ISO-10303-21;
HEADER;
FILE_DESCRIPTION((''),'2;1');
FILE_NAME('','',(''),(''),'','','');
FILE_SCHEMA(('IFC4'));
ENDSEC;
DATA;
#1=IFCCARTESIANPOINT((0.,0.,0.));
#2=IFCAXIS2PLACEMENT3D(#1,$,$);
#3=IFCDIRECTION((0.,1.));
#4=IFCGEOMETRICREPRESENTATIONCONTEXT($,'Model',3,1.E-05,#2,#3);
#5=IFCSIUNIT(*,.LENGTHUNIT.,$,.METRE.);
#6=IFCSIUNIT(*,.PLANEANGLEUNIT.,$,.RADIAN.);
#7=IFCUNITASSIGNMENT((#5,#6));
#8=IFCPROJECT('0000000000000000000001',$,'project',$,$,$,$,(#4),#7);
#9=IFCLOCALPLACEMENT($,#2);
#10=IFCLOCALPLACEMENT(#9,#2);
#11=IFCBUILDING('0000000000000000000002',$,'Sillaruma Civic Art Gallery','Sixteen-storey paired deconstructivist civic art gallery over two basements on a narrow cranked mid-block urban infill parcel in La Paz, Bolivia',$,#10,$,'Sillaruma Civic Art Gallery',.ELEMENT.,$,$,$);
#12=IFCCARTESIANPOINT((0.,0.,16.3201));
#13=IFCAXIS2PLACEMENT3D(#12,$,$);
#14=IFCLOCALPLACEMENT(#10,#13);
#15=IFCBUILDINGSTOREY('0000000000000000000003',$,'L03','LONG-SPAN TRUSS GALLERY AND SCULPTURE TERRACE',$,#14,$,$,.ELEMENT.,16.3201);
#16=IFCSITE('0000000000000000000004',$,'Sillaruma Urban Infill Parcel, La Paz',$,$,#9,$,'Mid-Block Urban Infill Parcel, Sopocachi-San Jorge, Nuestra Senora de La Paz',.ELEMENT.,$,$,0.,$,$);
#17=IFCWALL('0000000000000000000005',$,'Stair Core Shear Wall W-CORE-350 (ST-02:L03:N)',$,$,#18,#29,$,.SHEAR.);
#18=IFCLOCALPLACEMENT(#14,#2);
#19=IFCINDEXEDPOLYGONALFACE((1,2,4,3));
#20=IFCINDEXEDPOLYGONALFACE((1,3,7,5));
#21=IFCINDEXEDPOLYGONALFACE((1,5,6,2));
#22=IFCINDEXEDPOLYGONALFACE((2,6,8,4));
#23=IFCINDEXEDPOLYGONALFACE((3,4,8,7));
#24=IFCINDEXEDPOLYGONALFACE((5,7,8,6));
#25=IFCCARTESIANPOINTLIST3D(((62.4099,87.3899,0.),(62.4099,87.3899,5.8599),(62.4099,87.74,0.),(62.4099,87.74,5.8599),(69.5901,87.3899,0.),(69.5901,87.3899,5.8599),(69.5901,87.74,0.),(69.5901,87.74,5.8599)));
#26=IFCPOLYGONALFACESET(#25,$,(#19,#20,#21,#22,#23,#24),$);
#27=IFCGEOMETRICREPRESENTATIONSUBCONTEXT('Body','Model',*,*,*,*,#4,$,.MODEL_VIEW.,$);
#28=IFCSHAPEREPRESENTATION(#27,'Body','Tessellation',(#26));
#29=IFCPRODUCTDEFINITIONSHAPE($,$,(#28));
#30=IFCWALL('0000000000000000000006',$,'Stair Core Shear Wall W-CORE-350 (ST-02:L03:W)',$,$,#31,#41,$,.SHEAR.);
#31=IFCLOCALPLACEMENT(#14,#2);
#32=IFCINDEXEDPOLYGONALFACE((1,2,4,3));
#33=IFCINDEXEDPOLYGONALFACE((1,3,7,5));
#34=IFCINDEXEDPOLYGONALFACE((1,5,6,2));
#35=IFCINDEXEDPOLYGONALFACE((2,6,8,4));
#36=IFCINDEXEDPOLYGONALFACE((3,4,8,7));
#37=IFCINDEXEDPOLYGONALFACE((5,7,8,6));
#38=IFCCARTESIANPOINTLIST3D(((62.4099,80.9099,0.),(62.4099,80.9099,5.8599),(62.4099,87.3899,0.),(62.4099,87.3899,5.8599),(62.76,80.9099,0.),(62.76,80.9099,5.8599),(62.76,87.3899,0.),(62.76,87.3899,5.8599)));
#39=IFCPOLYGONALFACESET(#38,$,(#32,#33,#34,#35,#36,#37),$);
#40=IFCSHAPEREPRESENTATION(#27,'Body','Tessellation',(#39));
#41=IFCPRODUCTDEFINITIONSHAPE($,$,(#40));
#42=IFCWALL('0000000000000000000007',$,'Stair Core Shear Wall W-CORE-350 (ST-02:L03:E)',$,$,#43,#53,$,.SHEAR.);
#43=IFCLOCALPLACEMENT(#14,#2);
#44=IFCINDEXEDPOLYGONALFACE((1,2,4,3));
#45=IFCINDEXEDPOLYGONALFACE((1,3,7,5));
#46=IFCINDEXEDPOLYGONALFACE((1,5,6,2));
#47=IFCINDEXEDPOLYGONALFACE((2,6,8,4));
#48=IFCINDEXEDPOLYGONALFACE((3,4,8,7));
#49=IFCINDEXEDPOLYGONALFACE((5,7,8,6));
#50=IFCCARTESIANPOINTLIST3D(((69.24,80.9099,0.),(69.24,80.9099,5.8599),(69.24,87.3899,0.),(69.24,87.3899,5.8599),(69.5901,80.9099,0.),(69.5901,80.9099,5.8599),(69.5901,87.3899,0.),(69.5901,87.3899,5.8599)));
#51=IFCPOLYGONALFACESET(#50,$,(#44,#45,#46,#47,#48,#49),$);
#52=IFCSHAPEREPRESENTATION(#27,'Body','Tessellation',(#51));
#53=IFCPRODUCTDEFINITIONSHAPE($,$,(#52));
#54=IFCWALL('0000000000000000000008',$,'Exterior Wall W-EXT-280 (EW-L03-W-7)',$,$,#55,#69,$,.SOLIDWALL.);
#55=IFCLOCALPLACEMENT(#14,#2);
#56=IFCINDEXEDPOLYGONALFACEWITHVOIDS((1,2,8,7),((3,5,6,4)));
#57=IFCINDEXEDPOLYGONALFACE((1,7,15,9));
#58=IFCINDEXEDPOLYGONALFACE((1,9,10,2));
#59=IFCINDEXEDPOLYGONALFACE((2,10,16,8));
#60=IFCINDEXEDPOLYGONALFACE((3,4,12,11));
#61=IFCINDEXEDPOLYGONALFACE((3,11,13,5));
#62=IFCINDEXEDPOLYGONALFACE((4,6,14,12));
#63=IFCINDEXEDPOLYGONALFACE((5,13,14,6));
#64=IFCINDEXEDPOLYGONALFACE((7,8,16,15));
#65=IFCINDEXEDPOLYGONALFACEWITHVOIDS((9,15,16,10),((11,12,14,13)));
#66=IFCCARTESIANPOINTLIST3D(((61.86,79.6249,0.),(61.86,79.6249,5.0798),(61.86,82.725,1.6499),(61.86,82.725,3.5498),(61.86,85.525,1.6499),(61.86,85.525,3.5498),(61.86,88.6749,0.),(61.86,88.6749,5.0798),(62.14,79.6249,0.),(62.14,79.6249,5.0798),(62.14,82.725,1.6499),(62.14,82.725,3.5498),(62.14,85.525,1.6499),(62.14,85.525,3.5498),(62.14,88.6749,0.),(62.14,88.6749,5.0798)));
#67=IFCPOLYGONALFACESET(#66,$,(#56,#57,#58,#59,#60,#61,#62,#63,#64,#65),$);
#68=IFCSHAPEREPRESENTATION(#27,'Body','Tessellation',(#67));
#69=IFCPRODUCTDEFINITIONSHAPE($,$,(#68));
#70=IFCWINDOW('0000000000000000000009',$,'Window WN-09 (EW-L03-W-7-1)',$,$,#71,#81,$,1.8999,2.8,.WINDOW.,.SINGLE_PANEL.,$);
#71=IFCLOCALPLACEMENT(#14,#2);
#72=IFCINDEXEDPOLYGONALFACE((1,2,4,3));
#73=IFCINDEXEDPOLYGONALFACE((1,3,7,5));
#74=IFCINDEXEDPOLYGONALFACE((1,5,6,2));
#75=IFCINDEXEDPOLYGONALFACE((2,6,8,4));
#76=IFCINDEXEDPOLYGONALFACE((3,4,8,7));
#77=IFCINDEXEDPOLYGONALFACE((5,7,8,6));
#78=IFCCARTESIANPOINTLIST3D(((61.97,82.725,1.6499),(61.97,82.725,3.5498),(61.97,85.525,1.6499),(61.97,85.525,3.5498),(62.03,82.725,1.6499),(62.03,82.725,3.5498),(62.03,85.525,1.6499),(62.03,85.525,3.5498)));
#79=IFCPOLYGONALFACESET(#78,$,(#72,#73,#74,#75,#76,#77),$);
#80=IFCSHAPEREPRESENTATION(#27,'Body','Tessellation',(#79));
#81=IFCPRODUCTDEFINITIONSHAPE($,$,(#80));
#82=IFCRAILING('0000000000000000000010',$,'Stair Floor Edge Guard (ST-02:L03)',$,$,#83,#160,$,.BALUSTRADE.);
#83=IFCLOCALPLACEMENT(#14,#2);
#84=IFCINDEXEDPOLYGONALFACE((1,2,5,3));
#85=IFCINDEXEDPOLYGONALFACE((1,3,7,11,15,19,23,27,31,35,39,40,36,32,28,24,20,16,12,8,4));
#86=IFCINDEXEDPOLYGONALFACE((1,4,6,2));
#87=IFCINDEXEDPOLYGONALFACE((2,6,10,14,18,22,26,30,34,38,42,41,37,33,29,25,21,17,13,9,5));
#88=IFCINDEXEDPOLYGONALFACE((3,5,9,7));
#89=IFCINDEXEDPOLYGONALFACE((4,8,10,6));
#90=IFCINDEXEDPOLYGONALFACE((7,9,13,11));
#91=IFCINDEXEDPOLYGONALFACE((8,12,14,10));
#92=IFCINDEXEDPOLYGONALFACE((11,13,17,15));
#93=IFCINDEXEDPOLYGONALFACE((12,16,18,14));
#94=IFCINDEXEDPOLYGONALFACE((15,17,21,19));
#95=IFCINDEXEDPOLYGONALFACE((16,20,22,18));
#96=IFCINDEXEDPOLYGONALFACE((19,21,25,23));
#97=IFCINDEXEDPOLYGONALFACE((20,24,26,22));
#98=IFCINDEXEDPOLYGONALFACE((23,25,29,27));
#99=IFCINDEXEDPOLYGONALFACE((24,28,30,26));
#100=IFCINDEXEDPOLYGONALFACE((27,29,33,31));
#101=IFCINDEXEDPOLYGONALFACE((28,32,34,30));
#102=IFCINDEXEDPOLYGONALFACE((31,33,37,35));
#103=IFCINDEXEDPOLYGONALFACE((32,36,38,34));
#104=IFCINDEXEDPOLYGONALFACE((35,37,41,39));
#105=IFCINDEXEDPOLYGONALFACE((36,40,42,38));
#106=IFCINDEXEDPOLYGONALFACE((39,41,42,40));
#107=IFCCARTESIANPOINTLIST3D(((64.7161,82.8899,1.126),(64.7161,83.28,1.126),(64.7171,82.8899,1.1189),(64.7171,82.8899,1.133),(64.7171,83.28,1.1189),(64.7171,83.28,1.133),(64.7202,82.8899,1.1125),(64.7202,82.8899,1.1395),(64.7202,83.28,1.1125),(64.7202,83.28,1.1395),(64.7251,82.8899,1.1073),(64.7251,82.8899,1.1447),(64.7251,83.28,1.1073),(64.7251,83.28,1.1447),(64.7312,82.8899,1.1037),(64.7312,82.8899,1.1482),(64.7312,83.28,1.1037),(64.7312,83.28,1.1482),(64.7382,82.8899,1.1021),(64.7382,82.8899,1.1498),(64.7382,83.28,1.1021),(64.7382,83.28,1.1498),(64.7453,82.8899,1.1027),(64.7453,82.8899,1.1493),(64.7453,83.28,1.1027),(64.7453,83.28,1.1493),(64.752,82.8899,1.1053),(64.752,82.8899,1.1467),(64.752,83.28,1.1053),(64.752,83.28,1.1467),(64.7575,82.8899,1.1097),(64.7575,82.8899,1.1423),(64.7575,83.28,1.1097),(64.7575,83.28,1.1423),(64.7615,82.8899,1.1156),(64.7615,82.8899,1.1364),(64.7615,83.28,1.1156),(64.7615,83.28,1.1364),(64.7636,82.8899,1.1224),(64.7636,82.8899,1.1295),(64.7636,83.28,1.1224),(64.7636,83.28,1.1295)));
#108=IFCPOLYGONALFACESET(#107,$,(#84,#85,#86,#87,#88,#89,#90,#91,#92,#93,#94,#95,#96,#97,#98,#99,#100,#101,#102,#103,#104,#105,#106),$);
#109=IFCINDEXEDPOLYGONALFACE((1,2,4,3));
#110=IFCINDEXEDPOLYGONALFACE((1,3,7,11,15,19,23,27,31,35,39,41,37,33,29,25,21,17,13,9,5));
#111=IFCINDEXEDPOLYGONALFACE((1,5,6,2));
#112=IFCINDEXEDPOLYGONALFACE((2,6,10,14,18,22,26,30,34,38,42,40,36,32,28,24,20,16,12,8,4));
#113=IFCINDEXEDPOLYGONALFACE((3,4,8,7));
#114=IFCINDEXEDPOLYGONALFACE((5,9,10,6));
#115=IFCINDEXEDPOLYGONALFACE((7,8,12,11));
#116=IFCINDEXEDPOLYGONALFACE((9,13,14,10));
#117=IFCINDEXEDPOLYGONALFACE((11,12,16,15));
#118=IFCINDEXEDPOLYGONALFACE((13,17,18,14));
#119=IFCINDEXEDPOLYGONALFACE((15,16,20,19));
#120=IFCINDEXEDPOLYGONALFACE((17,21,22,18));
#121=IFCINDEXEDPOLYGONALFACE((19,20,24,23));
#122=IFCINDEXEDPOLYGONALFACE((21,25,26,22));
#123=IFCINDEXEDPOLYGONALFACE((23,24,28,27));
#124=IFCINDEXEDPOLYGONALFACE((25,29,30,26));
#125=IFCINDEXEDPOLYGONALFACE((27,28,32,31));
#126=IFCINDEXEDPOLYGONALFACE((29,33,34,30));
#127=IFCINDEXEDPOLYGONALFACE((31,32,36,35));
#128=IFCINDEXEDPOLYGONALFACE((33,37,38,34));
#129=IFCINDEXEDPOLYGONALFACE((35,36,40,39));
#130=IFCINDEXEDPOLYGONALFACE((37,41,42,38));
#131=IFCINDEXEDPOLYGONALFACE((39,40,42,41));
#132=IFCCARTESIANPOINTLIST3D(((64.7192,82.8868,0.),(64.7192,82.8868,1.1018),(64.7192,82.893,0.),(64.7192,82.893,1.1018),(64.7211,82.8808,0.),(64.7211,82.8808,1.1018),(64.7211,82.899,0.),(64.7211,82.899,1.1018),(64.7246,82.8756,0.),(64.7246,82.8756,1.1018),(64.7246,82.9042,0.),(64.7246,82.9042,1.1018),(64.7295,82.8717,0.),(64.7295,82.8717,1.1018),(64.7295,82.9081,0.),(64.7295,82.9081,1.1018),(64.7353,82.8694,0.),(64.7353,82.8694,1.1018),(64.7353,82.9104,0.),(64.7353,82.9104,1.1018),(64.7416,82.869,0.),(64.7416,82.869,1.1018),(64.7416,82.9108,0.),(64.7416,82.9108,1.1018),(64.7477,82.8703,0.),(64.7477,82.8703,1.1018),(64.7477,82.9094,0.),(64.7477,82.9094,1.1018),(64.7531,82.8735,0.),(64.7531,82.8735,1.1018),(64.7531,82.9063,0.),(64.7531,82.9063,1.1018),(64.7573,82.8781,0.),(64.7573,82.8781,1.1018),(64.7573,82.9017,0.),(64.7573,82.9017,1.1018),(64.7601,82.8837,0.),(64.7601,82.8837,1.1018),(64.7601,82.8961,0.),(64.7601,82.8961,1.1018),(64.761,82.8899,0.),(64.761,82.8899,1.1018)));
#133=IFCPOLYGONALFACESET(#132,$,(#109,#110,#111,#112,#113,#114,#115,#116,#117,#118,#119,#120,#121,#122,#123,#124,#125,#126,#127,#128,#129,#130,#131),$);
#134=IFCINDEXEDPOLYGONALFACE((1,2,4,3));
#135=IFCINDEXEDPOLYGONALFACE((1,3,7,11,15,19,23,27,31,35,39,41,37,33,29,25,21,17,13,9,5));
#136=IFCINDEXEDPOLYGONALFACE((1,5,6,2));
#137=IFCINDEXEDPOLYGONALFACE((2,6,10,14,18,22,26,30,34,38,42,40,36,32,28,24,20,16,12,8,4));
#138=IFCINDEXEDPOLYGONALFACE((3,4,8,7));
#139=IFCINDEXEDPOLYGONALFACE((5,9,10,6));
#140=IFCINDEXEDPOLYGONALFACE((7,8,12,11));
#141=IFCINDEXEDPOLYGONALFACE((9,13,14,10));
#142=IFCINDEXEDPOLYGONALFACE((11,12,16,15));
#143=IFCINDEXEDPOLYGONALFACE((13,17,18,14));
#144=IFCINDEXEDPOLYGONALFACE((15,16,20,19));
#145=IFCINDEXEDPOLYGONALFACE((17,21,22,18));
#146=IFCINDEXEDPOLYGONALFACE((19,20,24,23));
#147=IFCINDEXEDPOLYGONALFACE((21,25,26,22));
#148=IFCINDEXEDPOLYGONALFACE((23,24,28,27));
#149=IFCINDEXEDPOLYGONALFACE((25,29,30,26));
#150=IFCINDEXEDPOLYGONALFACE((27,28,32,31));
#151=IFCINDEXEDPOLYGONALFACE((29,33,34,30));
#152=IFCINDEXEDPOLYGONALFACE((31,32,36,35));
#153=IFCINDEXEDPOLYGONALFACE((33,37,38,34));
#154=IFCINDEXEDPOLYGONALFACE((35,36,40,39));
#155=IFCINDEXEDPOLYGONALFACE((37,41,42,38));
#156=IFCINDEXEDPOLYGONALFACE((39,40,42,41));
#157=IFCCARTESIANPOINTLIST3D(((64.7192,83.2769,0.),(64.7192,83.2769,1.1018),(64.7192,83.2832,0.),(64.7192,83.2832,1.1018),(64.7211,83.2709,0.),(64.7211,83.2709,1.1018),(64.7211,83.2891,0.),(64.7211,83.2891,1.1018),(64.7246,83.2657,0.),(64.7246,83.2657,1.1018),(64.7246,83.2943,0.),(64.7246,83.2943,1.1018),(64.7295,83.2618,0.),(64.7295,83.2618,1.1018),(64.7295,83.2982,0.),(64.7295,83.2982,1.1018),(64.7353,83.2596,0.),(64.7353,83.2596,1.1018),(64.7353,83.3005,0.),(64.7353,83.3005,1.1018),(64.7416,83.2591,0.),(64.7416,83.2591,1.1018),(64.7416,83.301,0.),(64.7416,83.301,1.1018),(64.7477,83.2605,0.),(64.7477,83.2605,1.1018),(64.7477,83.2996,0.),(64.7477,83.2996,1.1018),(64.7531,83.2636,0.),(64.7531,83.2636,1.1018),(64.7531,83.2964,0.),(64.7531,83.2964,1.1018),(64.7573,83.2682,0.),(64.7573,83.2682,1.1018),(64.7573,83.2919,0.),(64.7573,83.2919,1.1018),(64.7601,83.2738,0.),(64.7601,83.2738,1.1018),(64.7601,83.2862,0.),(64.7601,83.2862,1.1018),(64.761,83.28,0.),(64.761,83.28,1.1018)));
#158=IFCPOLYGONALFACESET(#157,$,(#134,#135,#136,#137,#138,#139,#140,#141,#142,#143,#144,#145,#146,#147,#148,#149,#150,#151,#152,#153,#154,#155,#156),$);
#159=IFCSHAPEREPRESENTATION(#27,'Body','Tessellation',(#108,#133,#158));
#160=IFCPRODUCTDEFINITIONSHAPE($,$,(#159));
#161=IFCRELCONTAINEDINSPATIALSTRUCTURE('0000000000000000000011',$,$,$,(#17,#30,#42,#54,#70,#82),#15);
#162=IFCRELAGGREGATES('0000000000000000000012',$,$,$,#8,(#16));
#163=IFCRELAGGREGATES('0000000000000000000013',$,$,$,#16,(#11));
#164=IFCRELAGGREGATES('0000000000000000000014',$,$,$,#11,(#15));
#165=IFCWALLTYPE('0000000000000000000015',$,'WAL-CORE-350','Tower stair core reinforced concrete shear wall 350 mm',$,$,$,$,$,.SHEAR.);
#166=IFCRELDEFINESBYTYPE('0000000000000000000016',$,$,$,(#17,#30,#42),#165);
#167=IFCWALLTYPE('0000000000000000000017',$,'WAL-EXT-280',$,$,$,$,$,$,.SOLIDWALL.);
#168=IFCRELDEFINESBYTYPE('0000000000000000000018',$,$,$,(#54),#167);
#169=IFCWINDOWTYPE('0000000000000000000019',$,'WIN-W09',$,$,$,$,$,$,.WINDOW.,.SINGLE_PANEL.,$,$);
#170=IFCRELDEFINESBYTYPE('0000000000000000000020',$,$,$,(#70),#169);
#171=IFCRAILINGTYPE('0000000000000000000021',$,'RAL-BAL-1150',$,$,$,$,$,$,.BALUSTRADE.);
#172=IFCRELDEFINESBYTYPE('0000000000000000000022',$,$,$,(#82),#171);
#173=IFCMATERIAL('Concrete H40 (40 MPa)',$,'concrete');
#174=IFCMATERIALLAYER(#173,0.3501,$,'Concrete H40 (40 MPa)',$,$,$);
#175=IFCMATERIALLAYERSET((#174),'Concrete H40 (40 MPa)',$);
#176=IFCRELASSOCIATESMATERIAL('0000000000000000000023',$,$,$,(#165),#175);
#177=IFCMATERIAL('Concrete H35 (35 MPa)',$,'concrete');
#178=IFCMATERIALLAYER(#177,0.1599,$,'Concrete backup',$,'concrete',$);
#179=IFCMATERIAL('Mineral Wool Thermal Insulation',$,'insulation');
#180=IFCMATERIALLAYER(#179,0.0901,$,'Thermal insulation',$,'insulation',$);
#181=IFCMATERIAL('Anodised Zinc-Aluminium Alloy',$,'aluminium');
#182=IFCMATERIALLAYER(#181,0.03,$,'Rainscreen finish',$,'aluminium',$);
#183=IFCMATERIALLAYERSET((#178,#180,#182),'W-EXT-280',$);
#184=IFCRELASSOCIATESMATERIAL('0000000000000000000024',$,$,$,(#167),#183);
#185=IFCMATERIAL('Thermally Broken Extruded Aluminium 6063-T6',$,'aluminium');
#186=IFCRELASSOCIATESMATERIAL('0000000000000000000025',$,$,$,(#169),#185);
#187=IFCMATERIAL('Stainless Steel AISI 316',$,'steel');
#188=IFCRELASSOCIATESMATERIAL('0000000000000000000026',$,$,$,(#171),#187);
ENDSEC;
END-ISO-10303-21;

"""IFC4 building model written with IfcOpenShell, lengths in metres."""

from ifc_helpers import new_model, si_unit, direction, frame, frame_2d, origin, origin_2d, place, context, subcontext, project, spatial, rectangle, circle, extrude, material, layer, layer_set, type_object, element, fill, save


model = new_model("IFC4")

# Units and contexts
model_context = context("Model", 3, precision=1e-05, world=origin(), true_north=direction((0.0, 1.0)))
body_context = subcontext(model_context, "Body", "Model", "MODEL_VIEW")
ifc_project = project(units=[si_unit("LENGTHUNIT", "METRE"), si_unit("PLANEANGLEUNIT", "RADIAN")], contexts=[model_context])

# Site, building, storey
site_placement = place(None, origin())
site = spatial("IfcSite", under=ifc_project, at=site_placement, Name="Sillaruma Urban Infill Parcel, La Paz", LongName="Mid-Block Urban Infill Parcel, Sopocachi-San Jorge, Nuestra Senora de La Paz", CompositionType="ELEMENT", RefElevation=0.0)
building_placement = place(site_placement, origin())
building = spatial("IfcBuilding", under=site, at=building_placement, Name="Sillaruma Civic Art Gallery", Description="Sixteen-storey paired deconstructivist civic art gallery over two basements on a narrow cranked mid-block urban infill parcel in La Paz, Bolivia", LongName="Sillaruma Civic Art Gallery", CompositionType="ELEMENT")
storey_placement = place(building_placement, frame((0.0, 0.0, 16.3201)))
storey = spatial("IfcBuildingStorey", under=building, at=storey_placement, Name="L03", Description="LONG-SPAN TRUSS GALLERY AND SCULPTURE TERRACE", CompositionType="ELEMENT", Elevation=16.3201)

# Shared definitions
ifc_material_1 = material(Name="Concrete H40 (40 MPa)", Category="concrete")

# Shared definitions
ifc_material_2 = material(Name="Concrete H35 (35 MPa)", Category="concrete")

# Shared definitions
ifc_layer_1 = layer(ifc_material_1, 0.3501, Name="Concrete H40 (40 MPa)")
ifc_layer_set_1 = layer_set([ifc_layer_1], Name="Concrete H40 (40 MPa)")
wall_type_1 = type_object("IfcWallType", Name="WAL-CORE-350", Description="Tower stair core reinforced concrete shear wall 350 mm", PredefinedType="SHEAR", material=ifc_layer_set_1)

# Walls
wall_1_placement = place(storey_placement, frame((62.4099, 87.5649, 0.0), z_axis=(0.0, 0.0, 1.0), x_axis=(1.0, 0.0, 0.0)))
element("IfcWall", 1, at=wall_1_placement, inside=storey, type_object=wall_type_1, Name="Stair Core Shear Wall W-CORE-350 (ST-02:L03:N)", PredefinedType="SHEAR", context=body_context, shape_type="SweptSolid", body=[
    extrude(rectangle(XDim=7.1802, YDim=0.3501, at=frame_2d((3.5901, 0.0))), origin(), (0.0, 0.0, 1.0), 5.8599),
])
for number, where, z_axis, x_axis, name in (
    (2, (62.585, 80.9099, 0.0), (0.0, 0.0, 1.0), (0.0, 1.0, 0.0), "Stair Core Shear Wall W-CORE-350 (ST-02:L03:W)"),
    (3, (69.415, 80.9099, 0.0), (0.0, 0.0, 1.0), (0.0, 1.0, 0.0), "Stair Core Shear Wall W-CORE-350 (ST-02:L03:E)"),
):
    element("IfcWall", number, at=place(storey_placement, frame(where, z_axis=z_axis, x_axis=x_axis)), inside=storey, type_object=wall_type_1, Name=name, PredefinedType="SHEAR", context=body_context, shape_type="SweptSolid", body=[
        extrude(rectangle(XDim=6.48, YDim=0.3501, at=frame_2d((3.24, 0.0))), origin(), (0.0, 0.0, 1.0), 5.8599),
    ])

# Wall, opening, window
ifc_layer_2 = layer(ifc_material_2, 0.1599, Name="Concrete backup", Category="concrete")
ifc_material_3 = material(Name="Mineral Wool Thermal Insulation", Category="insulation")
ifc_layer_3 = layer(ifc_material_3, 0.0901, Name="Thermal insulation", Category="insulation")
ifc_material_4 = material(Name="Anodised Zinc-Aluminium Alloy", Category="aluminium")
ifc_layer_4 = layer(ifc_material_4, 0.03, Name="Rainscreen finish", Category="aluminium")
ifc_layer_set_2 = layer_set([ifc_layer_2, ifc_layer_3, ifc_layer_4], Name="W-EXT-280")
wall_type_2 = type_object("IfcWallType", Name="WAL-EXT-280", PredefinedType="SOLIDWALL", material=ifc_layer_set_2)
wall_2_placement = place(storey_placement, frame((62.0, 79.625, 0.0), z_axis=(0.0, 0.0, 1.0), x_axis=(0.0, 1.0, 0.0)))
wall_2 = element("IfcWall", 4, at=wall_2_placement, inside=storey, type_object=wall_type_2, Name="Exterior Wall W-EXT-280 (EW-L03-W-7)", PredefinedType="SOLIDWALL", context=body_context, shape_type="SweptSolid", body=[
    extrude(rectangle(XDim=9.05, YDim=0.28, at=frame_2d((4.5249, 0.0))), origin(), (0.0, 0.0, 1.0), 5.0798),
])
opening_1_placement = place(wall_2_placement, frame((3.1001, 0.0, 1.6499)))
opening_1 = element("IfcOpeningElement", 5, at=opening_1_placement, cuts=wall_2, PredefinedType="OPENING", context=body_context, shape_type="SweptSolid", body=[
    extrude(rectangle(XDim=2.8, YDim=1.8999, at=frame_2d((1.3999, 0.95))), frame((0.0, 0.1499, 0.0), z_axis=(0.0, -1.0, 0.0), x_axis=(1.0, 0.0, 0.0)), (0.0, 0.0, 1.0), 0.3),
])
ifc_material_5 = material(Name="Thermally Broken Extruded Aluminium 6063-T6", Category="aluminium")
window_type = type_object("IfcWindowType", Name="WIN-W09", PartitioningType="SINGLE_PANEL", PredefinedType="WINDOW", material=ifc_material_5)
window_placement = place(opening_1_placement, origin())
window = element("IfcWindow", 6, at=window_placement, inside=storey, type_object=window_type, Name="Window WN-09 (EW-L03-W-7-1)", OverallHeight=1.8999, OverallWidth=2.8, PartitioningType="SINGLE_PANEL", PredefinedType="WINDOW", context=body_context, shape_type="SweptSolid", body=[
    extrude(rectangle(XDim=2.8, YDim=1.8999, at=frame_2d((1.3999, 0.95))), frame((0.0, 0.03, 0.0), z_axis=(0.0, -1.0, 0.0), x_axis=(1.0, 0.0, 0.0)), (0.0, 0.0, 1.0), 0.0601),
])
fill(opening_1, window)

# Railing
ifc_material_6 = material(Name="Stainless Steel AISI 316", Category="steel")
railing_type_1 = type_object("IfcRailingType", Name="RAL-BAL-1150", PredefinedType="BALUSTRADE", material=ifc_material_6)
railing_1_placement = place(storey_placement, frame((64.74, 82.8899, 0.0)))
element("IfcRailing", 7, at=railing_1_placement, inside=storey, type_object=railing_type_1, Name="Stair Floor Edge Guard (ST-02:L03)", PredefinedType="BALUSTRADE", context=body_context, shape_type="SweptSolid", body=[
    extrude(circle(Radius=0.0239, at=origin_2d()), frame((0.0, 0.0, 1.126), z_axis=(0.0, 1.0, 0.0), x_axis=(-1.0, 0.0, 0.0)), (0.0, 0.0, 1.0), 0.3901),
    extrude(circle(Radius=0.021, at=origin_2d()), origin(), (0.0, 0.0, 1.0), 1.1018),
    extrude(circle(Radius=0.021, at=origin_2d()), frame((0.0, 0.3901, 0.0)), (0.0, 0.0, 1.0), 1.1018),
])

save(model, "model.ifc")
